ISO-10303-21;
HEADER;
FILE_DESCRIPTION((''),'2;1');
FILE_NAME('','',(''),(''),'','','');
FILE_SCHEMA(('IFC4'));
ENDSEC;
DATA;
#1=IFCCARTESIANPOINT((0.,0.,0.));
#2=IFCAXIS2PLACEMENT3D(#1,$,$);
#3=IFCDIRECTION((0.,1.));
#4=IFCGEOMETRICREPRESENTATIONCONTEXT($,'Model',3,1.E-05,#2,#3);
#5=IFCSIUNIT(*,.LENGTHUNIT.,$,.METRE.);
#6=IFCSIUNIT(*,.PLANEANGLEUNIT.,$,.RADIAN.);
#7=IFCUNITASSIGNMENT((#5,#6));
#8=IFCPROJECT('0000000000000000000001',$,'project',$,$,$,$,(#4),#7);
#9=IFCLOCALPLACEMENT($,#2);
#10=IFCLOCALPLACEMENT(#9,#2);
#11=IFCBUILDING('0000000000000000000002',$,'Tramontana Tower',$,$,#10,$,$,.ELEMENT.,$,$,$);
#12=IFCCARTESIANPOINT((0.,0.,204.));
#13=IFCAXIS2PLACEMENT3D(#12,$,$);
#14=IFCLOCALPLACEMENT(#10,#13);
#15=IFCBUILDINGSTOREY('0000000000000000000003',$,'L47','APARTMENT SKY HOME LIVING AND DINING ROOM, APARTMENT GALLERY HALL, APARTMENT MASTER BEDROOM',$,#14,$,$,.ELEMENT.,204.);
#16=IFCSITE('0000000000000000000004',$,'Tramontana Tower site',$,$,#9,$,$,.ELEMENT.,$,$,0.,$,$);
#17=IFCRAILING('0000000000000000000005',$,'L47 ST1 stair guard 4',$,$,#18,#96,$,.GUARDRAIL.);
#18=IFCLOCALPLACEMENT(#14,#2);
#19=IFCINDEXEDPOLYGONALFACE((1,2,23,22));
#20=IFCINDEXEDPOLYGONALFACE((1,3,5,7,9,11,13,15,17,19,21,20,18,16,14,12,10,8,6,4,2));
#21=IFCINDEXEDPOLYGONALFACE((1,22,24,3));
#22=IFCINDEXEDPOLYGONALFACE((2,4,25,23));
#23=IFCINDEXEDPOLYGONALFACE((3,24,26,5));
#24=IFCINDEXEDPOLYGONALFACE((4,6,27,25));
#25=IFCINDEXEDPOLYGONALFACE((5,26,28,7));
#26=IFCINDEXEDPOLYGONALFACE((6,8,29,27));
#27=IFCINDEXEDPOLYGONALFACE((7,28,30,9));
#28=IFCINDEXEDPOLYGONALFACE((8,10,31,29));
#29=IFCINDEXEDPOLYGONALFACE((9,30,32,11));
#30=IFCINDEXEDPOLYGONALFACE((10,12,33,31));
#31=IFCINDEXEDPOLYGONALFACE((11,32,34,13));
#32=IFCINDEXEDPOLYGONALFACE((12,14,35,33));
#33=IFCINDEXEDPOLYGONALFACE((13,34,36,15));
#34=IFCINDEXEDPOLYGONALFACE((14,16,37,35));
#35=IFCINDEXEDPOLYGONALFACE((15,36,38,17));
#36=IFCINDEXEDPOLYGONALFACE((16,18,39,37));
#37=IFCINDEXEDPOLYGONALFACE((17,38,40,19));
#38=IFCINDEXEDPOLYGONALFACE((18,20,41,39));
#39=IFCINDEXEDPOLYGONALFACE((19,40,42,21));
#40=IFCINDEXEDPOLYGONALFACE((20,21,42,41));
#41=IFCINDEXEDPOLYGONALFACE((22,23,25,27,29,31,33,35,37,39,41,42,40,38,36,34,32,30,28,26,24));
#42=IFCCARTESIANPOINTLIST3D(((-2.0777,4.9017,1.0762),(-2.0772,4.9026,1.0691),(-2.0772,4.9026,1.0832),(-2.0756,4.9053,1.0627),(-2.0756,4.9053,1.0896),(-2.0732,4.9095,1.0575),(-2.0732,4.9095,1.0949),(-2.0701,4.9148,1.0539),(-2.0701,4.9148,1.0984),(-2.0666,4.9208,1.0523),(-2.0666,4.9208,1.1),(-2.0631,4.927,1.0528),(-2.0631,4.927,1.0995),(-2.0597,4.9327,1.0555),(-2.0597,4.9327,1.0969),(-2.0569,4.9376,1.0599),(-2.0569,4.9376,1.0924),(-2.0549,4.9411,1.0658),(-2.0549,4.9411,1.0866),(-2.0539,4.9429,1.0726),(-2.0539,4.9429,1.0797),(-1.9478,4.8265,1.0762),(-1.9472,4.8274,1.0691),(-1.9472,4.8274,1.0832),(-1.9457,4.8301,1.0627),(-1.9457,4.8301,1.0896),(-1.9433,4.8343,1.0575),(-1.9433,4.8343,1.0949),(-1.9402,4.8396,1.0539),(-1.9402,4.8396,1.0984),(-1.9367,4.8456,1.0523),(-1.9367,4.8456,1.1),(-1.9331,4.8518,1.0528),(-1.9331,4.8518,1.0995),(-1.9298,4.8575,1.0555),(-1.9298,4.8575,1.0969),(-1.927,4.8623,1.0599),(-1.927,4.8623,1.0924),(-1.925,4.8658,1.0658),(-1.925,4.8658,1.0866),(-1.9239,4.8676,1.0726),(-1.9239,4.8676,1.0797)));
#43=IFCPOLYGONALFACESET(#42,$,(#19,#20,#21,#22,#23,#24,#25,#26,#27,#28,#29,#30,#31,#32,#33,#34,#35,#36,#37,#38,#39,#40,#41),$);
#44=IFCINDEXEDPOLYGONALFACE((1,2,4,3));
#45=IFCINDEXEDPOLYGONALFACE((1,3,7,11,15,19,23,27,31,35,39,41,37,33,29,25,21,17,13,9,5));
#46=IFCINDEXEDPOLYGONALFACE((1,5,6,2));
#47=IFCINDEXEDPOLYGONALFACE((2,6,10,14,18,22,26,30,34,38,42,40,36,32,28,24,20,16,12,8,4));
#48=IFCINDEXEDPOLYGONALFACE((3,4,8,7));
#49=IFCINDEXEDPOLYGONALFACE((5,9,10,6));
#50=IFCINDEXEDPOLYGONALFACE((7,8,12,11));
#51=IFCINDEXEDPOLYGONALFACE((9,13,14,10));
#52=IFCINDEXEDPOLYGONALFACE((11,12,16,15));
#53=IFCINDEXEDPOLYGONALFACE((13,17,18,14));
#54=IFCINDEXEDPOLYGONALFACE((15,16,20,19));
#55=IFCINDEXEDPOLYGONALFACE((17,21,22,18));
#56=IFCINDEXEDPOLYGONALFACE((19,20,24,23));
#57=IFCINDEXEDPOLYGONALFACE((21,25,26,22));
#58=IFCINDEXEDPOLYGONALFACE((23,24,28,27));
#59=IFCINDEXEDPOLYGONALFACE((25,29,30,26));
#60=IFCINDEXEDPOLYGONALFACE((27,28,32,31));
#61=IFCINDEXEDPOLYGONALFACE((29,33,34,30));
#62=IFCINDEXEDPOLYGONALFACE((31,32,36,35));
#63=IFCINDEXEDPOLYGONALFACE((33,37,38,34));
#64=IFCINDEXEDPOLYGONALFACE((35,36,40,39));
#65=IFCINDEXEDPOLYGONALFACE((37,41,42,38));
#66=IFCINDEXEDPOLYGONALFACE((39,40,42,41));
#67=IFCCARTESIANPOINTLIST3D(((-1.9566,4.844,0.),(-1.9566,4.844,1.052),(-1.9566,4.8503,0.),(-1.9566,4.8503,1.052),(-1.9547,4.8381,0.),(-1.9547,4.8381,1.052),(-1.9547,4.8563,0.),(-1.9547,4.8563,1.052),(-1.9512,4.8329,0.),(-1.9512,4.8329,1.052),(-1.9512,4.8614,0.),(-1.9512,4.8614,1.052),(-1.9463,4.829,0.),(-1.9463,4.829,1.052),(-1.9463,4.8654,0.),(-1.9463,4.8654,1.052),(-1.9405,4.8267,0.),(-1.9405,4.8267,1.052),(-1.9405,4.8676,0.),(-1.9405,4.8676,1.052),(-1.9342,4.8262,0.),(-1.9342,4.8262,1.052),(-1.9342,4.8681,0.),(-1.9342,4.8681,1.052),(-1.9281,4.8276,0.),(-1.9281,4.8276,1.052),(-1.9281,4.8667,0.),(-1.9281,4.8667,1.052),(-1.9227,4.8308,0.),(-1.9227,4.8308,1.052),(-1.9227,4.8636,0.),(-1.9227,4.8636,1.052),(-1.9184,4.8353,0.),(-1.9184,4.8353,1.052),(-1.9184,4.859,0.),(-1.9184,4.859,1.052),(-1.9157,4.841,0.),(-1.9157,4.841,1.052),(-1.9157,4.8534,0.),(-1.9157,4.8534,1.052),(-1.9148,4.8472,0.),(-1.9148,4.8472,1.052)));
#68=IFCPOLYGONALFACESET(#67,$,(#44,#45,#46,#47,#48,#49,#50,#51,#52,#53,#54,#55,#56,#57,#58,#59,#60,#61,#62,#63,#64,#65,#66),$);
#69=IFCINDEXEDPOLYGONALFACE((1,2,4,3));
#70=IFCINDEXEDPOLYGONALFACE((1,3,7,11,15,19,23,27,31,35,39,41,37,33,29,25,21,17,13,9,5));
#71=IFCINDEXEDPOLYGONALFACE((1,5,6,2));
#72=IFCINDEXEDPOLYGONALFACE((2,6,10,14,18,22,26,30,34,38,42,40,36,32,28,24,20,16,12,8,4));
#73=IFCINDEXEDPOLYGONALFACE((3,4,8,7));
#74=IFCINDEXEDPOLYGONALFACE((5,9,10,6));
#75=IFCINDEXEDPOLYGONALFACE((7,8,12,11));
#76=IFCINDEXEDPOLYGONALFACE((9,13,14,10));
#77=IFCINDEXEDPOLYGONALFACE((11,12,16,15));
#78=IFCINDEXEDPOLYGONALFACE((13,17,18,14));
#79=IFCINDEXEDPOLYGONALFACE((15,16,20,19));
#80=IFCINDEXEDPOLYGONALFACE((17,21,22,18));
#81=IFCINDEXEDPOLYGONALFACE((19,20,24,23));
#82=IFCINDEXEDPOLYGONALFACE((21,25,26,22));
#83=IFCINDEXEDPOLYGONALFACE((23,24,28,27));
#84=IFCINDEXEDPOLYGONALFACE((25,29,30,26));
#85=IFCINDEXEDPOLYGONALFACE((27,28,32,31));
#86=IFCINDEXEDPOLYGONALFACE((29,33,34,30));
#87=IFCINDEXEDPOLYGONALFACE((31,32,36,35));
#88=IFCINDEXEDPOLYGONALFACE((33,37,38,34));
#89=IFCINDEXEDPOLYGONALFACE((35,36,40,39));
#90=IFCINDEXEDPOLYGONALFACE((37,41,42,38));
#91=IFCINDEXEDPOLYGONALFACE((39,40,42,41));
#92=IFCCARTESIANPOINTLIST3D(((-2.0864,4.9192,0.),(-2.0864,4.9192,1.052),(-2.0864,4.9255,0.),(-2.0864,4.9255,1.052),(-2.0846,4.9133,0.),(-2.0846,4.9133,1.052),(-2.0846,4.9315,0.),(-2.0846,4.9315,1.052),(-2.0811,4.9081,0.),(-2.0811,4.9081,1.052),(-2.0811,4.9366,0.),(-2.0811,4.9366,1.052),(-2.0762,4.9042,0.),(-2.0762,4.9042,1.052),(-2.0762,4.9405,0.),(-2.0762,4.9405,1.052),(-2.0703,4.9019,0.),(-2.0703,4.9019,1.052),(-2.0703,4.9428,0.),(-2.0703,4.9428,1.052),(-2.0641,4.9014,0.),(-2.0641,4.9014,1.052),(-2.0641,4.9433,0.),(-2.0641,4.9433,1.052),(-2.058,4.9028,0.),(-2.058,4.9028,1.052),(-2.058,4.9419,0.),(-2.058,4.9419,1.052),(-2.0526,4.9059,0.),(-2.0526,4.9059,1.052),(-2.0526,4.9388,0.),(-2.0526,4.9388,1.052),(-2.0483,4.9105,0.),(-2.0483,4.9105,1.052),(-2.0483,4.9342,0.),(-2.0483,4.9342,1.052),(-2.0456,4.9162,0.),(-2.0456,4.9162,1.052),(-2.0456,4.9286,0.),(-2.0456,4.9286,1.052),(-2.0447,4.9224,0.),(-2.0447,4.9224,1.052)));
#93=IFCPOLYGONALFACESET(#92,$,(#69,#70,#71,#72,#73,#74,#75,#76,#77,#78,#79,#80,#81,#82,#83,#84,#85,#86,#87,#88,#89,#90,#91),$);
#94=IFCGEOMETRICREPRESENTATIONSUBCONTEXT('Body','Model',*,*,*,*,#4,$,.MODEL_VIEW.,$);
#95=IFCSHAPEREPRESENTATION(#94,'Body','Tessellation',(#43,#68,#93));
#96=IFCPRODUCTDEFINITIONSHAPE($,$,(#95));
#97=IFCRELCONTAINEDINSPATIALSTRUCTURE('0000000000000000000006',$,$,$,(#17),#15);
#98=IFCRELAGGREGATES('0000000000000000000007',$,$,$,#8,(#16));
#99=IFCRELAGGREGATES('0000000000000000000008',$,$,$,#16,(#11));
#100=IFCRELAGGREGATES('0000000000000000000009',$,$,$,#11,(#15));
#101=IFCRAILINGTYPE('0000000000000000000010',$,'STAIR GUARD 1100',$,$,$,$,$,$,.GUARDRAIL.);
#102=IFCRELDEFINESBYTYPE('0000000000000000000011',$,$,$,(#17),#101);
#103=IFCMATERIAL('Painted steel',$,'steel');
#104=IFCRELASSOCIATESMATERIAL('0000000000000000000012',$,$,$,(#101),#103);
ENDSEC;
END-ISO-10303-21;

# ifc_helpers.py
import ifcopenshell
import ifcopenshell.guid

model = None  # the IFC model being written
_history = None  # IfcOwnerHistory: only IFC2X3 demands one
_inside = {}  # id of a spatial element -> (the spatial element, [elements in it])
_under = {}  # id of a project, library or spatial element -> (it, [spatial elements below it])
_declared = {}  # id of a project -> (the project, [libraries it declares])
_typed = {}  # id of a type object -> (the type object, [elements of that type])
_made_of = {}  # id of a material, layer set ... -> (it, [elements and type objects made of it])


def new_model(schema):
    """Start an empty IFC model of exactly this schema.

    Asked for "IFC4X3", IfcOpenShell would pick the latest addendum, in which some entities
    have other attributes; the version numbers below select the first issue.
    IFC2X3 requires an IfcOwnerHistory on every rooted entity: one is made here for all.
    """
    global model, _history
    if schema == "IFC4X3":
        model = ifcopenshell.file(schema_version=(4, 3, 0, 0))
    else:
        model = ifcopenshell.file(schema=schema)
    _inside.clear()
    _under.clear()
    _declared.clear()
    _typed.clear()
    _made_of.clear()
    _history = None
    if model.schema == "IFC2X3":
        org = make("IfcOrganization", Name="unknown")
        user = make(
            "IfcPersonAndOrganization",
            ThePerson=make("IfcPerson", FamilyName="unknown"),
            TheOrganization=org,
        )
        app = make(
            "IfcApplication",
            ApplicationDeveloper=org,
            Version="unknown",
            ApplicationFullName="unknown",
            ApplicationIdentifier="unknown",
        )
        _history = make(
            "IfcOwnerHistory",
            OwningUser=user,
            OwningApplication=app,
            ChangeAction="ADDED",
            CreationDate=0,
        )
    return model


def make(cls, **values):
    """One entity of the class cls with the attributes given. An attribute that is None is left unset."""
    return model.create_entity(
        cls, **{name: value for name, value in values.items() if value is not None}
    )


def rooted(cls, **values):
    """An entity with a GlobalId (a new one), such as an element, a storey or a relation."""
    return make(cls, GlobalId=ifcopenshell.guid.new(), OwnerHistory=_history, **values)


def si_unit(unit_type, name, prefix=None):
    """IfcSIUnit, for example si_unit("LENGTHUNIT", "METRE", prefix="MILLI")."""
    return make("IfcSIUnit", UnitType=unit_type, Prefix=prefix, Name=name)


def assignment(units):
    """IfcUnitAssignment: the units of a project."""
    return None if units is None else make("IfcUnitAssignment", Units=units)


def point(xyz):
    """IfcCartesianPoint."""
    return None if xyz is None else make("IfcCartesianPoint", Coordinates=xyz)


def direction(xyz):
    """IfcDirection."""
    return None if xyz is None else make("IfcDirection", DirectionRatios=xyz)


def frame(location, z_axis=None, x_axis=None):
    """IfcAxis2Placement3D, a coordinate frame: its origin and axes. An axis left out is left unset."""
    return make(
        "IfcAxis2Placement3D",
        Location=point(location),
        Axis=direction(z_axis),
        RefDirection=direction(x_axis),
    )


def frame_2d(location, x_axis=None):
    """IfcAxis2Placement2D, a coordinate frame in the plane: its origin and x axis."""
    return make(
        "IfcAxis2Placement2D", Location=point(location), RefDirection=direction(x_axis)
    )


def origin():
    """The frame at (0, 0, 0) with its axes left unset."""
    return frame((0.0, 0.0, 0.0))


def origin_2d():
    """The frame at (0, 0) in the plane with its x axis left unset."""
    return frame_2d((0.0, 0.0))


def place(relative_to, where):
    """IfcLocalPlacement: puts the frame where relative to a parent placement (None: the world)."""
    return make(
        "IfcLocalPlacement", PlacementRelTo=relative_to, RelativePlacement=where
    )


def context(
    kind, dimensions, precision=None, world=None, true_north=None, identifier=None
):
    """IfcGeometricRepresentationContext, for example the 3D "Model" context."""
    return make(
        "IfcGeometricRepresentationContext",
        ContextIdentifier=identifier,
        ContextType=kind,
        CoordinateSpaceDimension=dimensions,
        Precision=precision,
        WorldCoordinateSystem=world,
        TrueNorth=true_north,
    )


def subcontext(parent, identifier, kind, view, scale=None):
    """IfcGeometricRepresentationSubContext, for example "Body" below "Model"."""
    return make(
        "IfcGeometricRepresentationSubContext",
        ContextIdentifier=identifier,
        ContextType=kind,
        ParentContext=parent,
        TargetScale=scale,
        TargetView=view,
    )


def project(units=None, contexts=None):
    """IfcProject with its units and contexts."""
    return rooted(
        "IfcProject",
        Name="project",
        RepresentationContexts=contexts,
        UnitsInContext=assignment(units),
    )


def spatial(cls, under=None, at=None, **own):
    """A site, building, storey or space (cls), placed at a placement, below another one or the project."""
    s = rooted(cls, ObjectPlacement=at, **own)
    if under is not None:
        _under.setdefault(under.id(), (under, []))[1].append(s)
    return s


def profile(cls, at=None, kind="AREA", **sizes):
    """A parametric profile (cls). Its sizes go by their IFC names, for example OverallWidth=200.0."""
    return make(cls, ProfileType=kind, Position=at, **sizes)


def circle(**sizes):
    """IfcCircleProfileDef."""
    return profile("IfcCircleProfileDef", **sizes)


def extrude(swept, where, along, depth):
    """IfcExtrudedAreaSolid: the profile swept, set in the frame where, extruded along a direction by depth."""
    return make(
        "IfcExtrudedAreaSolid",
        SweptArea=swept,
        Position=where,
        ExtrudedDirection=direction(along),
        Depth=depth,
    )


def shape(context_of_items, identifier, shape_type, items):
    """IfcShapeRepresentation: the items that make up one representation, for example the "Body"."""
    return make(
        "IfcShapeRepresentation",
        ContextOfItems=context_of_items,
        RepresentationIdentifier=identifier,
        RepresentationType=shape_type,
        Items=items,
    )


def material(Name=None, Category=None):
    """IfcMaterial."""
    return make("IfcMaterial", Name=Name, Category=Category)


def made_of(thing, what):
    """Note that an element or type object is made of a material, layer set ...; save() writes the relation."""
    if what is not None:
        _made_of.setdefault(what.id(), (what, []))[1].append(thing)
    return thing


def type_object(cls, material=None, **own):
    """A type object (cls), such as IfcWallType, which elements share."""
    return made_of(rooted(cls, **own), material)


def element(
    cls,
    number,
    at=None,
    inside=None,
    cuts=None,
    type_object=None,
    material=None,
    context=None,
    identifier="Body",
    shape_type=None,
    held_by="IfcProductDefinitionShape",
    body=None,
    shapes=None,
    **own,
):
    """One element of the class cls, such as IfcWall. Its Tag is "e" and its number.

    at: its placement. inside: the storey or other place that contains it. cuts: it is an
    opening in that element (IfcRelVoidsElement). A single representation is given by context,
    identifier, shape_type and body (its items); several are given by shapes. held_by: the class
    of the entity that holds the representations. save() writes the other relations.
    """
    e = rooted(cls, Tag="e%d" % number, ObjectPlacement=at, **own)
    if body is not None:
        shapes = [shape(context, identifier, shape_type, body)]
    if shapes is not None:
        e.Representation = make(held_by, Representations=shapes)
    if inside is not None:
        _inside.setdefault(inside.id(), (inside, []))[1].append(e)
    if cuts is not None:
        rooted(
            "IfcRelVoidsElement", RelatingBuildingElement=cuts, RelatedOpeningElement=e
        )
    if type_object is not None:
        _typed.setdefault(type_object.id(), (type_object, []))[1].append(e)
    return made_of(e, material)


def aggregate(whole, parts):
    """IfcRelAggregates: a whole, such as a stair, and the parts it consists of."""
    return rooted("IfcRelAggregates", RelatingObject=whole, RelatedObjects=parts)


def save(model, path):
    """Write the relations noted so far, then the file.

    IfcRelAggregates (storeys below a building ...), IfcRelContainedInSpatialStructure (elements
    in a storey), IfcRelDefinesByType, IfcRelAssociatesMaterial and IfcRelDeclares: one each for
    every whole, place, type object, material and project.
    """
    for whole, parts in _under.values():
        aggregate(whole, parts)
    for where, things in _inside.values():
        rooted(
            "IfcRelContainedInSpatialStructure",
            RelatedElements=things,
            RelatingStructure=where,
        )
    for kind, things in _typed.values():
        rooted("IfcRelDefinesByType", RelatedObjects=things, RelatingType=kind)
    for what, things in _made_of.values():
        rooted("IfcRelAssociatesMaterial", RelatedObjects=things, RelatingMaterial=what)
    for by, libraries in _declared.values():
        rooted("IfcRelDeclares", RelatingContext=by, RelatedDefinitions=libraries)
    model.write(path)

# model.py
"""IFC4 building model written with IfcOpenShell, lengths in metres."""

from ifc_helpers import new_model, si_unit, direction, frame, origin, origin_2d, place, context, subcontext, project, spatial, circle, extrude, material, type_object, element, save


model = new_model("IFC4")

# Units and contexts
model_context = context("Model", 3, precision=1e-05, world=origin(), true_north=direction((0.0, 1.0)))
body_context = subcontext(model_context, "Body", "Model", "MODEL_VIEW")
ifc_project = project(units=[si_unit("LENGTHUNIT", "METRE"), si_unit("PLANEANGLEUNIT", "RADIAN")], contexts=[model_context])

# Site, building, storey
site_placement = place(None, origin())
site = spatial("IfcSite", under=ifc_project, at=site_placement, Name="Tramontana Tower site", CompositionType="ELEMENT", RefElevation=0.0)
building_placement = place(site_placement, origin())
building = spatial("IfcBuilding", under=site, at=building_placement, Name="Tramontana Tower", CompositionType="ELEMENT")
storey_placement = place(building_placement, frame((0.0, 0.0, 204.0)))
storey = spatial("IfcBuildingStorey", under=building, at=storey_placement, Name="L47", Description="APARTMENT SKY HOME LIVING AND DINING ROOM, APARTMENT GALLERY HALL, APARTMENT MASTER BEDROOM", CompositionType="ELEMENT", Elevation=204.0)

# Railing
ifc_material_1 = material(Name="Painted steel", Category="steel")
railing_type_1 = type_object("IfcRailingType", Name="STAIR GUARD 1100", PredefinedType="GUARDRAIL", material=ifc_material_1)
railing_1_placement = place(storey_placement, frame((-1.9358, 4.8472, 0.0)))
element("IfcRailing", 1, at=railing_1_placement, inside=storey, type_object=railing_type_1, Name="L47 ST1 stair guard 4", PredefinedType="GUARDRAIL", context=body_context, shape_type="SweptSolid", body=[
    extrude(circle(Radius=0.0239, at=origin_2d()), frame((0.0, 0.0, 1.0762), z_axis=(-0.865426, 0.501036, 0.0), x_axis=(-0.501036, -0.865426, 0.0)), (0.0, 0.0, 1.0), 0.1501),
    extrude(circle(Radius=0.021, at=origin_2d()), origin(), (0.0, 0.0, 1.0), 1.052),
    extrude(circle(Radius=0.021, at=origin_2d()), frame((-0.1299, 0.0752, 0.0)), (0.0, 0.0, 1.0), 1.052),
])

save(model, "model.ifc")
